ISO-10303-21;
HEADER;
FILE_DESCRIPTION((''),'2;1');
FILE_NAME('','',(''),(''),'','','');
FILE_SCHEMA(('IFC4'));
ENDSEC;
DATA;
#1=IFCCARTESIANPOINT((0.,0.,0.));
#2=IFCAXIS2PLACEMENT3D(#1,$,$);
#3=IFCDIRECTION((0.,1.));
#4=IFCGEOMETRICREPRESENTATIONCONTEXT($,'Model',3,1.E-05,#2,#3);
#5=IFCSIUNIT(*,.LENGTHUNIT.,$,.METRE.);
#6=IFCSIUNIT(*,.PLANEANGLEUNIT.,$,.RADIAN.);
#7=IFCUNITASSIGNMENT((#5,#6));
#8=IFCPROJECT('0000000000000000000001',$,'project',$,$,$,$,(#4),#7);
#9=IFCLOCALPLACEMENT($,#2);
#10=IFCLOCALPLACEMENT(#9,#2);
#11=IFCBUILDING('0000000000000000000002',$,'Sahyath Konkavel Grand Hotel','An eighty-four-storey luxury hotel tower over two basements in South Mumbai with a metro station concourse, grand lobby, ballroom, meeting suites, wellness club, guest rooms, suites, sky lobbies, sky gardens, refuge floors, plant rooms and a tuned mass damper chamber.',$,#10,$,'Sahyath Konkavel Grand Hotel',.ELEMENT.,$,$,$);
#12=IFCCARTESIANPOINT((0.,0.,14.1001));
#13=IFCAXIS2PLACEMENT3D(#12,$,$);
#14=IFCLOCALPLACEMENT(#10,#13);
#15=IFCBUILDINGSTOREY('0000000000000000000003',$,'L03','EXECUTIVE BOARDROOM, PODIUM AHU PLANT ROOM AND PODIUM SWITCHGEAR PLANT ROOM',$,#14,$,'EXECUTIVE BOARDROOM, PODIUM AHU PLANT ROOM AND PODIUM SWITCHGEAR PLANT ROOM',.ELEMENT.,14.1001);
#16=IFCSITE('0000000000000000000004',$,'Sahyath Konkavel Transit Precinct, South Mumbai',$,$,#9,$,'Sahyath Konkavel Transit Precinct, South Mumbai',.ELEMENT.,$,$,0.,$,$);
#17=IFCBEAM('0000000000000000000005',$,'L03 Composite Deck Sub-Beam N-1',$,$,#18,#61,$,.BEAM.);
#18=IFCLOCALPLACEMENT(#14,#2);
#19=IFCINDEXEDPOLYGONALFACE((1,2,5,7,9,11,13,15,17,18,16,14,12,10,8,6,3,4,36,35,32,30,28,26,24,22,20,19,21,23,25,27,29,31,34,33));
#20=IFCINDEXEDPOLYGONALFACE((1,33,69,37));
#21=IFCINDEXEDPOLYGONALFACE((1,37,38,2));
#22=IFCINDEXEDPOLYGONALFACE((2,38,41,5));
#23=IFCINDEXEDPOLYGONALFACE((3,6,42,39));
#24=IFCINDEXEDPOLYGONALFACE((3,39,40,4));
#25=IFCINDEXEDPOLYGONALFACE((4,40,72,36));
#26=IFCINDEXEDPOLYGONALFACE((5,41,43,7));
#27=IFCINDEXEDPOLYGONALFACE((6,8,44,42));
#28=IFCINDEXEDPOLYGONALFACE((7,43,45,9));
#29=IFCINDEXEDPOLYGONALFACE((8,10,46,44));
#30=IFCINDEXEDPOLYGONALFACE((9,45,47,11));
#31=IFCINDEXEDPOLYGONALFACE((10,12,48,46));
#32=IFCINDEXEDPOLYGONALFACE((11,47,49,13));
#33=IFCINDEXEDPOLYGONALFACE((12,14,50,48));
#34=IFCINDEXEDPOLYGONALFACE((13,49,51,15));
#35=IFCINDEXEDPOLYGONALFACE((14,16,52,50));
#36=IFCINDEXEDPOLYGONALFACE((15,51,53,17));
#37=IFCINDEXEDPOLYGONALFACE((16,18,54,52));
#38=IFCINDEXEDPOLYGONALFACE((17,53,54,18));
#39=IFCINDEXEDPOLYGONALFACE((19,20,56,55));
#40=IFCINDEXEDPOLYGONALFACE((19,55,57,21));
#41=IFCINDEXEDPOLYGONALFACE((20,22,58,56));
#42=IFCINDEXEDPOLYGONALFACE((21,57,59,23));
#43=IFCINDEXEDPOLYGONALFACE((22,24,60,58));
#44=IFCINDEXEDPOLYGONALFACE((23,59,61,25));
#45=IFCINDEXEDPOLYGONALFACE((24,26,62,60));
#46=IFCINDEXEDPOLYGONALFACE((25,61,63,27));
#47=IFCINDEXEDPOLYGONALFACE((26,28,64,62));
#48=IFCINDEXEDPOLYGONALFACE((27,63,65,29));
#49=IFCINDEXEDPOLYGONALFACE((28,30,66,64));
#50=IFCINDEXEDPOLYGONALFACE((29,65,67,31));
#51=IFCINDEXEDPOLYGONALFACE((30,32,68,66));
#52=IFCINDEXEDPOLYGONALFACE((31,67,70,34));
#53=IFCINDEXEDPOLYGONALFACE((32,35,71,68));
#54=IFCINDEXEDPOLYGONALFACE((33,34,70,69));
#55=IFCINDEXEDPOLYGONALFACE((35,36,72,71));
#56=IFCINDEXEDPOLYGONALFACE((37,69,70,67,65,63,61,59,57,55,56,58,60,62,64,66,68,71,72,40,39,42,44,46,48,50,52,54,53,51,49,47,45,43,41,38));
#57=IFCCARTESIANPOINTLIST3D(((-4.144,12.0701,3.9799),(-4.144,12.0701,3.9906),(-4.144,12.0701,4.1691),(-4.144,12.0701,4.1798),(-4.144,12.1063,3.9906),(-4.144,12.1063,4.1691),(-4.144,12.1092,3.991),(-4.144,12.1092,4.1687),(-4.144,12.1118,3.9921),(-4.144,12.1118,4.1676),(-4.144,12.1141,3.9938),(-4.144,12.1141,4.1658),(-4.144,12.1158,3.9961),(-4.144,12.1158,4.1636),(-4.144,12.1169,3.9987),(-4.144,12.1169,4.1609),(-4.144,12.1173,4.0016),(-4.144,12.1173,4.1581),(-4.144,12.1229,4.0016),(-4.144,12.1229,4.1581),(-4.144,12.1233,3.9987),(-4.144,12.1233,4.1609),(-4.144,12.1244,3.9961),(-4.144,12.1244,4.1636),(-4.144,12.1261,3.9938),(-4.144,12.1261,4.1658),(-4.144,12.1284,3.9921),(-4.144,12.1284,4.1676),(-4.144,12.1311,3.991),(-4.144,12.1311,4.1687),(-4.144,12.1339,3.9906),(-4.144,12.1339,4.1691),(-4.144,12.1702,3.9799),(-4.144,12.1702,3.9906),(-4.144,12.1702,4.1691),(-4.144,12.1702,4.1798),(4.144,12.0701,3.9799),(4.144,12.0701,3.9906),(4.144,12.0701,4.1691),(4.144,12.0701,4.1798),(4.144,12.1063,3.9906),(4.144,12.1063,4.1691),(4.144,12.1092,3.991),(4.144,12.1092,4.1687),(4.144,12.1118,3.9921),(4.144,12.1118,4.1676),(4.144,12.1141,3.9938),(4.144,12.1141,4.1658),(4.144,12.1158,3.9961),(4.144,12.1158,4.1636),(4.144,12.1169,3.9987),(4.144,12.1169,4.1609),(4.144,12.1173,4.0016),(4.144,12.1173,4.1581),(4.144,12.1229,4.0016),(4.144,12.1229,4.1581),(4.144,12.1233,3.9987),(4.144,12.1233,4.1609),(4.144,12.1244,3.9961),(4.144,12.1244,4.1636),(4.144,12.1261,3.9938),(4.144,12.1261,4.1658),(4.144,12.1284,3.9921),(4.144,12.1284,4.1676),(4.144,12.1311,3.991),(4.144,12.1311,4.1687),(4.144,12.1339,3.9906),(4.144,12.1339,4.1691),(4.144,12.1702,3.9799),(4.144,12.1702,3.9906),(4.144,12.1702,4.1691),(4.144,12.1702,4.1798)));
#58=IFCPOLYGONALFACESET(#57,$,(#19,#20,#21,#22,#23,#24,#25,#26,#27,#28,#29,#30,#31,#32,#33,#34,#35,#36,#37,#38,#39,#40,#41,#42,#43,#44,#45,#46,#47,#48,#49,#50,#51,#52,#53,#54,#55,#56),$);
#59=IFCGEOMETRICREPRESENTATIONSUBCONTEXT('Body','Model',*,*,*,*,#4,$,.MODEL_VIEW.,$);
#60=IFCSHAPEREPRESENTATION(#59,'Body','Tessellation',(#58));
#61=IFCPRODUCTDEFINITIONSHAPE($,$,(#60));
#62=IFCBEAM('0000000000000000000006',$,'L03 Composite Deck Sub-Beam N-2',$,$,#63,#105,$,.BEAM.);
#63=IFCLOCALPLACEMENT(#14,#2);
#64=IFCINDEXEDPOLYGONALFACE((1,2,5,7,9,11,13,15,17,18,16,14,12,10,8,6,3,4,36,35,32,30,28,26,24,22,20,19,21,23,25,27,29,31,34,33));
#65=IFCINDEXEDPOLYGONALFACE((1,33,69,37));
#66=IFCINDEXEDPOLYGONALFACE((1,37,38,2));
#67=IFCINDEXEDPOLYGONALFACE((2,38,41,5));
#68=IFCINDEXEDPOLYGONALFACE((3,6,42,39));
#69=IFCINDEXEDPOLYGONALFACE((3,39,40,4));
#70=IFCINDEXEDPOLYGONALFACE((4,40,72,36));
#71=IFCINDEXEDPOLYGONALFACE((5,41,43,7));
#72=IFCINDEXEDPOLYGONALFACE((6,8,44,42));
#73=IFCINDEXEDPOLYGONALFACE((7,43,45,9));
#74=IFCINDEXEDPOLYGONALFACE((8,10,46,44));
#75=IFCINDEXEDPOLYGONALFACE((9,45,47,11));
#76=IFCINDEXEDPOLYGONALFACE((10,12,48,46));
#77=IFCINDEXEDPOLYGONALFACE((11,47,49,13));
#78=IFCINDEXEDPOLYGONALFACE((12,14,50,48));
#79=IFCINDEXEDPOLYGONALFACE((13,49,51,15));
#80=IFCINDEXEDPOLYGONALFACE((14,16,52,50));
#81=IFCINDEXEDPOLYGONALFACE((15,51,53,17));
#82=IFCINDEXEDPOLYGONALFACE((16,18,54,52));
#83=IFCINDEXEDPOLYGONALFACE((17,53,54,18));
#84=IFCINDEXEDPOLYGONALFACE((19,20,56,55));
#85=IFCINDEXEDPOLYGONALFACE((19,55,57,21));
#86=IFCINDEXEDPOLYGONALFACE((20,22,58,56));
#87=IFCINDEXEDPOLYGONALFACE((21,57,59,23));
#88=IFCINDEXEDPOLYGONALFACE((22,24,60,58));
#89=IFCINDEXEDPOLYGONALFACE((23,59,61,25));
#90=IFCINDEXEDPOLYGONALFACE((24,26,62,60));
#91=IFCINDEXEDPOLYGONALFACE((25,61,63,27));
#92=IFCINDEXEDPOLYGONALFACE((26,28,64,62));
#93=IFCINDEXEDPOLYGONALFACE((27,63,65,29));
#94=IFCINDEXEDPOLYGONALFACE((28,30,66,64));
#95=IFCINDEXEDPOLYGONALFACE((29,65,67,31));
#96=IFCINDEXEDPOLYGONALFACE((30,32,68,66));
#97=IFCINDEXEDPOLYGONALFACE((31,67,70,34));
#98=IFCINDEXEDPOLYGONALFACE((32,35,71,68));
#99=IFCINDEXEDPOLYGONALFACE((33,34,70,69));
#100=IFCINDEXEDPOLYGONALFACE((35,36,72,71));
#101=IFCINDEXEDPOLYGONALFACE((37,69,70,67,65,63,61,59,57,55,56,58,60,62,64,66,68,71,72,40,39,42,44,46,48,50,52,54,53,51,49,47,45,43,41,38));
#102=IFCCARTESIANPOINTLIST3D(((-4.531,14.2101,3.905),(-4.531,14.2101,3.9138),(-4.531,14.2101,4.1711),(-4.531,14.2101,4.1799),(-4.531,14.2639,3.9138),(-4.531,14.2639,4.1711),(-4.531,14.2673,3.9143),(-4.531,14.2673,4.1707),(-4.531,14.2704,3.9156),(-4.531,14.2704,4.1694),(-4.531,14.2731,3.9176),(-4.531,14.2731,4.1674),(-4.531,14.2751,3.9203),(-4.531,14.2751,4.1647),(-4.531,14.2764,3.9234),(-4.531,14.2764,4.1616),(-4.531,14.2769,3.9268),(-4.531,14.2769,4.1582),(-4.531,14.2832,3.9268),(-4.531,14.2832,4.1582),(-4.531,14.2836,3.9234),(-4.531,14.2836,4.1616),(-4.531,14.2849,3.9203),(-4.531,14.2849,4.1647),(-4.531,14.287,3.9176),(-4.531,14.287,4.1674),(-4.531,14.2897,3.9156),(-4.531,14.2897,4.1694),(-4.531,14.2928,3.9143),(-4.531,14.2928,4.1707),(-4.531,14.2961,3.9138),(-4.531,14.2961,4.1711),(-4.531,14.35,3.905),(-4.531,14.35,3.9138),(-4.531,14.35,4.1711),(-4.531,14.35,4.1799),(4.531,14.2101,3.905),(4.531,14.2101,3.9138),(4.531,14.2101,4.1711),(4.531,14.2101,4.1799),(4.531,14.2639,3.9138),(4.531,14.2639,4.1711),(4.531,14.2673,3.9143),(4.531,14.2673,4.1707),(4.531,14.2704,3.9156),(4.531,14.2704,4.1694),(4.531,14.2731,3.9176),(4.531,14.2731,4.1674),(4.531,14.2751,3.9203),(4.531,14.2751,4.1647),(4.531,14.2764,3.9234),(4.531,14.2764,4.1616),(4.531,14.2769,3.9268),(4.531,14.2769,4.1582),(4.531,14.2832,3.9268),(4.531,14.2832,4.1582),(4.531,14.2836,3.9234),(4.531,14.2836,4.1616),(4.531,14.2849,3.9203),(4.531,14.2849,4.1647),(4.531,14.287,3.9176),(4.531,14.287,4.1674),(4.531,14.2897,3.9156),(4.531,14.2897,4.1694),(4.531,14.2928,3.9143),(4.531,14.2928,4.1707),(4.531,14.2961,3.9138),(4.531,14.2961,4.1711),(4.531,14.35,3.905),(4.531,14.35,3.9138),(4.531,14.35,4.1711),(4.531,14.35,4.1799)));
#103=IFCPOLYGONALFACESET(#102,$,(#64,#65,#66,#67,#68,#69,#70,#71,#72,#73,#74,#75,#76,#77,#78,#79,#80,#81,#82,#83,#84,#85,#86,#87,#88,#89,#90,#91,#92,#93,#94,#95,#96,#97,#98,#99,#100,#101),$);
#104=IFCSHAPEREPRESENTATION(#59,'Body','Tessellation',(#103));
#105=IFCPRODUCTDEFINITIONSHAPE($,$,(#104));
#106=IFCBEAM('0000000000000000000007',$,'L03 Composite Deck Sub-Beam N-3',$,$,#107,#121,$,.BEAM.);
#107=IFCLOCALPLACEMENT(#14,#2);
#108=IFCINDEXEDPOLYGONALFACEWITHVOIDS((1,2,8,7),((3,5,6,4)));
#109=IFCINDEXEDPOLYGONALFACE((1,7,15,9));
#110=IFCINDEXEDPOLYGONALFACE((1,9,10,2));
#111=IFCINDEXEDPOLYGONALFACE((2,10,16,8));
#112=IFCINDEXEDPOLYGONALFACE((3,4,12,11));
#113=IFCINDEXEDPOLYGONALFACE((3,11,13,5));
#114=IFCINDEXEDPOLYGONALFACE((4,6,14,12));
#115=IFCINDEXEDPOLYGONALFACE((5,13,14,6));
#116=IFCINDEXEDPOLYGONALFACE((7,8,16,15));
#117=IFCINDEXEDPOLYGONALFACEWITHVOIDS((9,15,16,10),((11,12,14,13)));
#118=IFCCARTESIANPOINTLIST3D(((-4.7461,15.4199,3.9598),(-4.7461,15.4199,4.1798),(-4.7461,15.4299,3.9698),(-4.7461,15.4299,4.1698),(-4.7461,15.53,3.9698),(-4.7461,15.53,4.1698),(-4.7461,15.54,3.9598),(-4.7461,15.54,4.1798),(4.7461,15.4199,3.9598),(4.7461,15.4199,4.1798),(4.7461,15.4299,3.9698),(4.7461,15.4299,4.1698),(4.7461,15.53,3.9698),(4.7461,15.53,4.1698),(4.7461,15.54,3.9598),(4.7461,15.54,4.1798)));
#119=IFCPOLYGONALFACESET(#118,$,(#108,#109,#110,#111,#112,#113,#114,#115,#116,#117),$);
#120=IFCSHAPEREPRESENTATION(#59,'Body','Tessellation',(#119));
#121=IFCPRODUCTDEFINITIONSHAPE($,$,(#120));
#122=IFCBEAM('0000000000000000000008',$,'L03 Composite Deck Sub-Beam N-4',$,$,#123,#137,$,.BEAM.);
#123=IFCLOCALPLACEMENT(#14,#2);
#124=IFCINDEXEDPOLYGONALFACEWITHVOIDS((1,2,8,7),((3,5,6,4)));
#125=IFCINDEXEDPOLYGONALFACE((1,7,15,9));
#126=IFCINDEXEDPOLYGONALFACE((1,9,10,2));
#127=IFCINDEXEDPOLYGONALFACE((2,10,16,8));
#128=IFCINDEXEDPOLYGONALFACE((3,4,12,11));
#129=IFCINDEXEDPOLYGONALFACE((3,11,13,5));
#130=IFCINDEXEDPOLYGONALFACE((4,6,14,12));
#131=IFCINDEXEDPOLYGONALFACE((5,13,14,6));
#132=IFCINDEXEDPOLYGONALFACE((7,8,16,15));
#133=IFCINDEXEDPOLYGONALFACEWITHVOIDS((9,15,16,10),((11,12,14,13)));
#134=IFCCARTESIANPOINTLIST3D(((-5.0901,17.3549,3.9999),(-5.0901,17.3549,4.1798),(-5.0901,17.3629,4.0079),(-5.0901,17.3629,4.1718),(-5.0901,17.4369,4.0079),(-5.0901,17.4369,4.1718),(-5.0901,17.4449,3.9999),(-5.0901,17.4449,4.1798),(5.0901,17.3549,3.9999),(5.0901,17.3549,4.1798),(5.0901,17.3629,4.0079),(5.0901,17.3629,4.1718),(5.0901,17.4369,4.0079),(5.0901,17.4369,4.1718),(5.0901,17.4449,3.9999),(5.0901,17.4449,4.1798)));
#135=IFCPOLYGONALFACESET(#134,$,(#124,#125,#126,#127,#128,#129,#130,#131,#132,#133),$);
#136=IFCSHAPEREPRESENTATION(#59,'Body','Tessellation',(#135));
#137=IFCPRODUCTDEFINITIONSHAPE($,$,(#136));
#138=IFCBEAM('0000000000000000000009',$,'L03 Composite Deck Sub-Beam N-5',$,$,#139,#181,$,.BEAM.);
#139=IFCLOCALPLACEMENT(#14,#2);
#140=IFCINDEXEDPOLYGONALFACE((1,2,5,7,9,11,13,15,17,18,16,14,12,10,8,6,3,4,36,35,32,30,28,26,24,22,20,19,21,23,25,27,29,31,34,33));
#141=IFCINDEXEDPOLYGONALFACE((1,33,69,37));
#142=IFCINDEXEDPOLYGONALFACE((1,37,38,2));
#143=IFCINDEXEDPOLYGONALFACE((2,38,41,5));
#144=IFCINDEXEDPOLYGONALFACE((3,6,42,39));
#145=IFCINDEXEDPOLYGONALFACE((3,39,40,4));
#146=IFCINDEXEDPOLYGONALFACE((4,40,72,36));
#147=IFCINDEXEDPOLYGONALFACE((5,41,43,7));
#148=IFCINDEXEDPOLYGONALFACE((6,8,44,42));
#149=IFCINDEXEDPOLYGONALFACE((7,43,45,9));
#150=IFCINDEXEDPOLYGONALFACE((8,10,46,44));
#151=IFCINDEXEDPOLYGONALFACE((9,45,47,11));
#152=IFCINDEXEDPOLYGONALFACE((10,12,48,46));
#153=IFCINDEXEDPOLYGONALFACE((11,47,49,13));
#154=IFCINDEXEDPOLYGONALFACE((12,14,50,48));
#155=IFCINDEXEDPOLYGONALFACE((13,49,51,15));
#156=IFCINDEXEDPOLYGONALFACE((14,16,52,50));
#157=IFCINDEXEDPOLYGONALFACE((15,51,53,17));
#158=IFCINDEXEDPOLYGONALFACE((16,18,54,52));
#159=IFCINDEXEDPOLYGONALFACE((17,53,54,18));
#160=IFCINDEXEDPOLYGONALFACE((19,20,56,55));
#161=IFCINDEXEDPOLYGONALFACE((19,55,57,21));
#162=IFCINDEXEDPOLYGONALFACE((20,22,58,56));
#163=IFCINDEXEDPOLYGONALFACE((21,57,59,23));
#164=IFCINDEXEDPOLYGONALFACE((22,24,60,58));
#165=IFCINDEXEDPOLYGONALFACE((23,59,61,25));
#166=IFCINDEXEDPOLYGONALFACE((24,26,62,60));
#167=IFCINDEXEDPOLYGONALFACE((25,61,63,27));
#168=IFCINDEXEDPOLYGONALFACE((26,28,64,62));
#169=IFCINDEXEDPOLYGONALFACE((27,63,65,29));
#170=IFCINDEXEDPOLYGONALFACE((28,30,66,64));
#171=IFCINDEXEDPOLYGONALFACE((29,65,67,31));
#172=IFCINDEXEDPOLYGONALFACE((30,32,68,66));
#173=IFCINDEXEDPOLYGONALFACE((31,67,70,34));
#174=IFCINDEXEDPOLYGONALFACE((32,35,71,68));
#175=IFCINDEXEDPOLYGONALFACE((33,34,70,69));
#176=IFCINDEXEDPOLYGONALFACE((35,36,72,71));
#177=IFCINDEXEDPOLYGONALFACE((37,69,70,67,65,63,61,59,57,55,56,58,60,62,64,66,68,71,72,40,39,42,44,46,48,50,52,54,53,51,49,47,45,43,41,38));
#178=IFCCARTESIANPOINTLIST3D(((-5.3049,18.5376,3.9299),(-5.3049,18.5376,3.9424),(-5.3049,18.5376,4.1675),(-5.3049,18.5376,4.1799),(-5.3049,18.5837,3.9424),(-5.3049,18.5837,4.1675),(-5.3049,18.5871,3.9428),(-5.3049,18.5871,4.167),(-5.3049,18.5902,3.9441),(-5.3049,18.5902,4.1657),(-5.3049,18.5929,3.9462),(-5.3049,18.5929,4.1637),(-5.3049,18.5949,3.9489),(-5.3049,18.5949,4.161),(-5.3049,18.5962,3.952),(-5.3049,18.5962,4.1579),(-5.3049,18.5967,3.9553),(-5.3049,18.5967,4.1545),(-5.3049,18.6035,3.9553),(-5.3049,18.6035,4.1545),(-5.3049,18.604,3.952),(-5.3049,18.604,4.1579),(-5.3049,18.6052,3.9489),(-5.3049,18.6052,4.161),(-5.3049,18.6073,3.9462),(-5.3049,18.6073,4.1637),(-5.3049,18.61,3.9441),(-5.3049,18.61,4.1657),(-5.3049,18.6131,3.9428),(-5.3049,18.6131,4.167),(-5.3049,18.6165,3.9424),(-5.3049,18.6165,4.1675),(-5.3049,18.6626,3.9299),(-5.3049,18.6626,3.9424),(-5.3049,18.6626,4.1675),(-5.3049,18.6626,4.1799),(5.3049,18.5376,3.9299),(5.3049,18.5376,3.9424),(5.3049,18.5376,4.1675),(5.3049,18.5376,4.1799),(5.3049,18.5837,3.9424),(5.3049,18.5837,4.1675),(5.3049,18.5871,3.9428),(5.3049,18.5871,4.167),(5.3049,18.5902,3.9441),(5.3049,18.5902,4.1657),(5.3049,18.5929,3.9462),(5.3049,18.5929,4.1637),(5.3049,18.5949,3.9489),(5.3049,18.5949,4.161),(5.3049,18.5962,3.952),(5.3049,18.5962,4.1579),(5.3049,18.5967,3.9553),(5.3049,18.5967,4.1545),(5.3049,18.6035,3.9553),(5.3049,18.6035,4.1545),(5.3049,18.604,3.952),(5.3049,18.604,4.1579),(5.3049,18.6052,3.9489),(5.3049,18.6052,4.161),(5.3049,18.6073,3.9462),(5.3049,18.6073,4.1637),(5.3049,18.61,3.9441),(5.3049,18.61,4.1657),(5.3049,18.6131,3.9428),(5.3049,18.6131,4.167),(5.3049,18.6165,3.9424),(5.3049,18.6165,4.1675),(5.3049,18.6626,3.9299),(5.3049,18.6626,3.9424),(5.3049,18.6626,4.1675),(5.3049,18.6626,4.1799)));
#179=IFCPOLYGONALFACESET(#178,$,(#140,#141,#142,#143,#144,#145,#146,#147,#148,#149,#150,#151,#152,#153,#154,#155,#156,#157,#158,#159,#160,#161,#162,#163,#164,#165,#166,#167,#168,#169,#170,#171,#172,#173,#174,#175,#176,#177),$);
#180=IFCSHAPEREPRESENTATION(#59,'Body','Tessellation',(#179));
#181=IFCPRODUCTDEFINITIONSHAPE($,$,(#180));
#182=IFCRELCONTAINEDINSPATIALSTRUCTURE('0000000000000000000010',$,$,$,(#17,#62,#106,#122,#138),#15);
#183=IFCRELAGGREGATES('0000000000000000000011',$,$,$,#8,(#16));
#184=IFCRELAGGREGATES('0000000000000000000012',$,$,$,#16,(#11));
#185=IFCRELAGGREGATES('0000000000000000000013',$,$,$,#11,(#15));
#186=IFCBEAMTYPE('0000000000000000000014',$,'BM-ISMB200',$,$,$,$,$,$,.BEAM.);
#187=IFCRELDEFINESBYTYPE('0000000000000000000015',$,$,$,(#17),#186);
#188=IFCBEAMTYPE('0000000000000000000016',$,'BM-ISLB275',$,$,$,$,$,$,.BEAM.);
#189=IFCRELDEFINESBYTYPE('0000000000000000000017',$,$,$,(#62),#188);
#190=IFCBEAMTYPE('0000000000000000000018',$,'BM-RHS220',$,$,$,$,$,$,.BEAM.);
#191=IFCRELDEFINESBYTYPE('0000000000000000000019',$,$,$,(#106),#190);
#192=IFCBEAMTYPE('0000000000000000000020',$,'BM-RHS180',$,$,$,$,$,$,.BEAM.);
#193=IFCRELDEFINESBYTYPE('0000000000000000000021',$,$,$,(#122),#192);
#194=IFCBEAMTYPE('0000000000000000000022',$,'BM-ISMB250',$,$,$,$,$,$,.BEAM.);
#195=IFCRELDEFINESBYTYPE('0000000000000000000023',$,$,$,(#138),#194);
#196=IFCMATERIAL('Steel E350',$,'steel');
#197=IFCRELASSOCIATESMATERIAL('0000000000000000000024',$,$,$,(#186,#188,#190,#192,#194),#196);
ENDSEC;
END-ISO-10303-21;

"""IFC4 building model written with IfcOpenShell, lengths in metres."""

from ifc_helpers import new_model, si_unit, direction, frame, origin, origin_2d, place, context, subcontext, project, spatial, hollow_rectangle, i_section, extrude, source, transform, mapped, material, material_profile, profile_set, type_object, element, save


model = new_model("IFC4")

# Units and contexts
model_context = context("Model", 3, precision=1e-05, world=origin(), true_north=direction((0.0, 1.0)))
body_context = subcontext(model_context, "Body", "Model", "MODEL_VIEW")
ifc_project = project(units=[si_unit("LENGTHUNIT", "METRE"), si_unit("PLANEANGLEUNIT", "RADIAN")], contexts=[model_context])

# Site, building, storey
site_placement = place(None, origin())
site = spatial("IfcSite", under=ifc_project, at=site_placement, Name="Sahyath Konkavel Transit Precinct, South Mumbai", LongName="Sahyath Konkavel Transit Precinct, South Mumbai", CompositionType="ELEMENT", RefElevation=0.0)
building_placement = place(site_placement, origin())
building = spatial("IfcBuilding", under=site, at=building_placement, Name="Sahyath Konkavel Grand Hotel", Description="An eighty-four-storey luxury hotel tower over two basements in South Mumbai with a metro station concourse, grand lobby, ballroom, meeting suites, wellness club, guest rooms, suites, sky lobbies, sky gardens, refuge floors, plant rooms and a tuned mass damper chamber.", LongName="Sahyath Konkavel Grand Hotel", CompositionType="ELEMENT")
storey_placement = place(building_placement, frame((0.0, 0.0, 14.1001)))
storey = spatial("IfcBuildingStorey", under=building, at=storey_placement, Name="L03", Description="EXECUTIVE BOARDROOM, PODIUM AHU PLANT ROOM AND PODIUM SWITCHGEAR PLANT ROOM", LongName="EXECUTIVE BOARDROOM, PODIUM AHU PLANT ROOM AND PODIUM SWITCHGEAR PLANT ROOM", CompositionType="ELEMENT", Elevation=14.1001)

# Shared definitions
ifc_material_1 = material(Name="Steel E350", Category="steel")

# Beams
ifc_material_profile_1 = material_profile(ifc_material_1, i_section(OverallWidth=0.1001, OverallDepth=0.2, WebThickness=0.0056, FlangeThickness=0.0107, FilletRadius=0.011, at=origin_2d()), Name="ISMB 200")
ifc_profile_set_1 = profile_set([ifc_material_profile_1], Name="Steel E350")
beam_type_1 = type_object("IfcBeamType", Name="BM-ISMB200", PredefinedType="BEAM", material=ifc_profile_set_1)
shared_shape_1 = source(origin(), body_context, "Body", "SweptSolid", [
    extrude(i_section(OverallWidth=0.1001, OverallDepth=0.2, WebThickness=0.0056, FlangeThickness=0.0107, FilletRadius=0.011, at=origin_2d()), origin(), (0.0, 0.0, 1.0), 8.2881),
])
beam_1_placement = place(storey_placement, frame((4.144, 12.1201, 4.0798), z_axis=(-1.0, 0.0, 0.0), x_axis=(0.0, -1.0, 0.0)))
element("IfcBeam", 1, at=beam_1_placement, inside=storey, type_object=beam_type_1, Name="L03 Composite Deck Sub-Beam N-1", PredefinedType="BEAM", context=body_context, shape_type="MappedRepresentation", body=[
    mapped(shared_shape_1, transform((0.0, 0.0, 0.0), scale=1.0)),
])
ifc_material_profile_2 = material_profile(ifc_material_1, i_section(OverallWidth=0.1399, OverallDepth=0.2749, WebThickness=0.0063, FlangeThickness=0.0088, FilletRadius=0.0129, at=origin_2d()), Name="ISLB 275")
ifc_profile_set_2 = profile_set([ifc_material_profile_2], Name="Steel E350")
beam_type_2 = type_object("IfcBeamType", Name="BM-ISLB275", PredefinedType="BEAM", material=ifc_profile_set_2)
shared_shape_2 = source(origin(), body_context, "Body", "SweptSolid", [
    extrude(i_section(OverallWidth=0.1399, OverallDepth=0.2749, WebThickness=0.0063, FlangeThickness=0.0088, FilletRadius=0.0129, at=origin_2d()), origin(), (0.0, 0.0, 1.0), 9.062),
])
beam_2_placement = place(storey_placement, frame((4.531, 14.28, 4.0425), z_axis=(-1.0, 0.0, 0.0), x_axis=(0.0, -1.0, 0.0)))
element("IfcBeam", 2, at=beam_2_placement, inside=storey, type_object=beam_type_2, Name="L03 Composite Deck Sub-Beam N-2", PredefinedType="BEAM", context=body_context, shape_type="MappedRepresentation", body=[
    mapped(shared_shape_2, transform((0.0, 0.0, 0.0), scale=1.0)),
])
ifc_material_profile_3 = material_profile(ifc_material_1, hollow_rectangle(XDim=0.1201, YDim=0.22, WallThickness=0.01, at=origin_2d()), Name="RHS 220x120x10")
ifc_profile_set_3 = profile_set([ifc_material_profile_3], Name="Steel E350")
beam_type_3 = type_object("IfcBeamType", Name="BM-RHS220", PredefinedType="BEAM", material=ifc_profile_set_3)
shared_shape_3 = source(origin(), body_context, "Body", "SweptSolid", [
    extrude(hollow_rectangle(XDim=0.1201, YDim=0.22, WallThickness=0.01, at=origin_2d()), origin(), (0.0, 0.0, 1.0), 9.4922),
])
beam_3_placement = place(storey_placement, frame((4.7461, 15.48, 4.0698), z_axis=(-1.0, 0.0, 0.0), x_axis=(0.0, -1.0, 0.0)))
element("IfcBeam", 3, at=beam_3_placement, inside=storey, type_object=beam_type_3, Name="L03 Composite Deck Sub-Beam N-3", PredefinedType="BEAM", context=body_context, shape_type="MappedRepresentation", body=[
    mapped(shared_shape_3, transform((0.0, 0.0, 0.0), scale=1.0)),
])
ifc_material_profile_4 = material_profile(ifc_material_1, hollow_rectangle(XDim=0.0901, YDim=0.1799, WallThickness=0.0081, at=origin_2d()), Name="RHS 180x90x8")
ifc_profile_set_4 = profile_set([ifc_material_profile_4], Name="Steel E350")
beam_type_4 = type_object("IfcBeamType", Name="BM-RHS180", PredefinedType="BEAM", material=ifc_profile_set_4)
shared_shape_4 = source(origin(), body_context, "Body", "SweptSolid", [
    extrude(hollow_rectangle(XDim=0.0901, YDim=0.1799, WallThickness=0.0081, at=origin_2d()), origin(), (0.0, 0.0, 1.0), 10.1802),
])
beam_4_placement = place(storey_placement, frame((5.0901, 17.3999, 4.0898), z_axis=(-1.0, 0.0, 0.0), x_axis=(0.0, -1.0, 0.0)))
element("IfcBeam", 4, at=beam_4_placement, inside=storey, type_object=beam_type_4, Name="L03 Composite Deck Sub-Beam N-4", PredefinedType="BEAM", context=body_context, shape_type="MappedRepresentation", body=[
    mapped(shared_shape_4, transform((0.0, 0.0, 0.0), scale=1.0)),
])
ifc_material_profile_5 = material_profile(ifc_material_1, i_section(OverallWidth=0.125, OverallDepth=0.25, WebThickness=0.0068, FlangeThickness=0.0125, FilletRadius=0.0129, at=origin_2d()), Name="ISMB 250")
ifc_profile_set_5 = profile_set([ifc_material_profile_5], Name="Steel E350")
beam_type_5 = type_object("IfcBeamType", Name="BM-ISMB250", PredefinedType="BEAM", material=ifc_profile_set_5)
shared_shape_5 = source(origin(), body_context, "Body", "SweptSolid", [
    extrude(i_section(OverallWidth=0.125, OverallDepth=0.25, WebThickness=0.0068, FlangeThickness=0.0125, FilletRadius=0.0129, at=origin_2d()), origin(), (0.0, 0.0, 1.0), 10.6099),
])
beam_5_placement = place(storey_placement, frame((5.3049, 18.6001, 4.0549), z_axis=(-1.0, 0.0, 0.0), x_axis=(0.0, -1.0, 0.0)))
element("IfcBeam", 5, at=beam_5_placement, inside=storey, type_object=beam_type_5, Name="L03 Composite Deck Sub-Beam N-5", PredefinedType="BEAM", context=body_context, shape_type="MappedRepresentation", body=[
    mapped(shared_shape_5, transform((0.0, 0.0, 0.0), scale=1.0)),
])

save(model, "model.ifc")
